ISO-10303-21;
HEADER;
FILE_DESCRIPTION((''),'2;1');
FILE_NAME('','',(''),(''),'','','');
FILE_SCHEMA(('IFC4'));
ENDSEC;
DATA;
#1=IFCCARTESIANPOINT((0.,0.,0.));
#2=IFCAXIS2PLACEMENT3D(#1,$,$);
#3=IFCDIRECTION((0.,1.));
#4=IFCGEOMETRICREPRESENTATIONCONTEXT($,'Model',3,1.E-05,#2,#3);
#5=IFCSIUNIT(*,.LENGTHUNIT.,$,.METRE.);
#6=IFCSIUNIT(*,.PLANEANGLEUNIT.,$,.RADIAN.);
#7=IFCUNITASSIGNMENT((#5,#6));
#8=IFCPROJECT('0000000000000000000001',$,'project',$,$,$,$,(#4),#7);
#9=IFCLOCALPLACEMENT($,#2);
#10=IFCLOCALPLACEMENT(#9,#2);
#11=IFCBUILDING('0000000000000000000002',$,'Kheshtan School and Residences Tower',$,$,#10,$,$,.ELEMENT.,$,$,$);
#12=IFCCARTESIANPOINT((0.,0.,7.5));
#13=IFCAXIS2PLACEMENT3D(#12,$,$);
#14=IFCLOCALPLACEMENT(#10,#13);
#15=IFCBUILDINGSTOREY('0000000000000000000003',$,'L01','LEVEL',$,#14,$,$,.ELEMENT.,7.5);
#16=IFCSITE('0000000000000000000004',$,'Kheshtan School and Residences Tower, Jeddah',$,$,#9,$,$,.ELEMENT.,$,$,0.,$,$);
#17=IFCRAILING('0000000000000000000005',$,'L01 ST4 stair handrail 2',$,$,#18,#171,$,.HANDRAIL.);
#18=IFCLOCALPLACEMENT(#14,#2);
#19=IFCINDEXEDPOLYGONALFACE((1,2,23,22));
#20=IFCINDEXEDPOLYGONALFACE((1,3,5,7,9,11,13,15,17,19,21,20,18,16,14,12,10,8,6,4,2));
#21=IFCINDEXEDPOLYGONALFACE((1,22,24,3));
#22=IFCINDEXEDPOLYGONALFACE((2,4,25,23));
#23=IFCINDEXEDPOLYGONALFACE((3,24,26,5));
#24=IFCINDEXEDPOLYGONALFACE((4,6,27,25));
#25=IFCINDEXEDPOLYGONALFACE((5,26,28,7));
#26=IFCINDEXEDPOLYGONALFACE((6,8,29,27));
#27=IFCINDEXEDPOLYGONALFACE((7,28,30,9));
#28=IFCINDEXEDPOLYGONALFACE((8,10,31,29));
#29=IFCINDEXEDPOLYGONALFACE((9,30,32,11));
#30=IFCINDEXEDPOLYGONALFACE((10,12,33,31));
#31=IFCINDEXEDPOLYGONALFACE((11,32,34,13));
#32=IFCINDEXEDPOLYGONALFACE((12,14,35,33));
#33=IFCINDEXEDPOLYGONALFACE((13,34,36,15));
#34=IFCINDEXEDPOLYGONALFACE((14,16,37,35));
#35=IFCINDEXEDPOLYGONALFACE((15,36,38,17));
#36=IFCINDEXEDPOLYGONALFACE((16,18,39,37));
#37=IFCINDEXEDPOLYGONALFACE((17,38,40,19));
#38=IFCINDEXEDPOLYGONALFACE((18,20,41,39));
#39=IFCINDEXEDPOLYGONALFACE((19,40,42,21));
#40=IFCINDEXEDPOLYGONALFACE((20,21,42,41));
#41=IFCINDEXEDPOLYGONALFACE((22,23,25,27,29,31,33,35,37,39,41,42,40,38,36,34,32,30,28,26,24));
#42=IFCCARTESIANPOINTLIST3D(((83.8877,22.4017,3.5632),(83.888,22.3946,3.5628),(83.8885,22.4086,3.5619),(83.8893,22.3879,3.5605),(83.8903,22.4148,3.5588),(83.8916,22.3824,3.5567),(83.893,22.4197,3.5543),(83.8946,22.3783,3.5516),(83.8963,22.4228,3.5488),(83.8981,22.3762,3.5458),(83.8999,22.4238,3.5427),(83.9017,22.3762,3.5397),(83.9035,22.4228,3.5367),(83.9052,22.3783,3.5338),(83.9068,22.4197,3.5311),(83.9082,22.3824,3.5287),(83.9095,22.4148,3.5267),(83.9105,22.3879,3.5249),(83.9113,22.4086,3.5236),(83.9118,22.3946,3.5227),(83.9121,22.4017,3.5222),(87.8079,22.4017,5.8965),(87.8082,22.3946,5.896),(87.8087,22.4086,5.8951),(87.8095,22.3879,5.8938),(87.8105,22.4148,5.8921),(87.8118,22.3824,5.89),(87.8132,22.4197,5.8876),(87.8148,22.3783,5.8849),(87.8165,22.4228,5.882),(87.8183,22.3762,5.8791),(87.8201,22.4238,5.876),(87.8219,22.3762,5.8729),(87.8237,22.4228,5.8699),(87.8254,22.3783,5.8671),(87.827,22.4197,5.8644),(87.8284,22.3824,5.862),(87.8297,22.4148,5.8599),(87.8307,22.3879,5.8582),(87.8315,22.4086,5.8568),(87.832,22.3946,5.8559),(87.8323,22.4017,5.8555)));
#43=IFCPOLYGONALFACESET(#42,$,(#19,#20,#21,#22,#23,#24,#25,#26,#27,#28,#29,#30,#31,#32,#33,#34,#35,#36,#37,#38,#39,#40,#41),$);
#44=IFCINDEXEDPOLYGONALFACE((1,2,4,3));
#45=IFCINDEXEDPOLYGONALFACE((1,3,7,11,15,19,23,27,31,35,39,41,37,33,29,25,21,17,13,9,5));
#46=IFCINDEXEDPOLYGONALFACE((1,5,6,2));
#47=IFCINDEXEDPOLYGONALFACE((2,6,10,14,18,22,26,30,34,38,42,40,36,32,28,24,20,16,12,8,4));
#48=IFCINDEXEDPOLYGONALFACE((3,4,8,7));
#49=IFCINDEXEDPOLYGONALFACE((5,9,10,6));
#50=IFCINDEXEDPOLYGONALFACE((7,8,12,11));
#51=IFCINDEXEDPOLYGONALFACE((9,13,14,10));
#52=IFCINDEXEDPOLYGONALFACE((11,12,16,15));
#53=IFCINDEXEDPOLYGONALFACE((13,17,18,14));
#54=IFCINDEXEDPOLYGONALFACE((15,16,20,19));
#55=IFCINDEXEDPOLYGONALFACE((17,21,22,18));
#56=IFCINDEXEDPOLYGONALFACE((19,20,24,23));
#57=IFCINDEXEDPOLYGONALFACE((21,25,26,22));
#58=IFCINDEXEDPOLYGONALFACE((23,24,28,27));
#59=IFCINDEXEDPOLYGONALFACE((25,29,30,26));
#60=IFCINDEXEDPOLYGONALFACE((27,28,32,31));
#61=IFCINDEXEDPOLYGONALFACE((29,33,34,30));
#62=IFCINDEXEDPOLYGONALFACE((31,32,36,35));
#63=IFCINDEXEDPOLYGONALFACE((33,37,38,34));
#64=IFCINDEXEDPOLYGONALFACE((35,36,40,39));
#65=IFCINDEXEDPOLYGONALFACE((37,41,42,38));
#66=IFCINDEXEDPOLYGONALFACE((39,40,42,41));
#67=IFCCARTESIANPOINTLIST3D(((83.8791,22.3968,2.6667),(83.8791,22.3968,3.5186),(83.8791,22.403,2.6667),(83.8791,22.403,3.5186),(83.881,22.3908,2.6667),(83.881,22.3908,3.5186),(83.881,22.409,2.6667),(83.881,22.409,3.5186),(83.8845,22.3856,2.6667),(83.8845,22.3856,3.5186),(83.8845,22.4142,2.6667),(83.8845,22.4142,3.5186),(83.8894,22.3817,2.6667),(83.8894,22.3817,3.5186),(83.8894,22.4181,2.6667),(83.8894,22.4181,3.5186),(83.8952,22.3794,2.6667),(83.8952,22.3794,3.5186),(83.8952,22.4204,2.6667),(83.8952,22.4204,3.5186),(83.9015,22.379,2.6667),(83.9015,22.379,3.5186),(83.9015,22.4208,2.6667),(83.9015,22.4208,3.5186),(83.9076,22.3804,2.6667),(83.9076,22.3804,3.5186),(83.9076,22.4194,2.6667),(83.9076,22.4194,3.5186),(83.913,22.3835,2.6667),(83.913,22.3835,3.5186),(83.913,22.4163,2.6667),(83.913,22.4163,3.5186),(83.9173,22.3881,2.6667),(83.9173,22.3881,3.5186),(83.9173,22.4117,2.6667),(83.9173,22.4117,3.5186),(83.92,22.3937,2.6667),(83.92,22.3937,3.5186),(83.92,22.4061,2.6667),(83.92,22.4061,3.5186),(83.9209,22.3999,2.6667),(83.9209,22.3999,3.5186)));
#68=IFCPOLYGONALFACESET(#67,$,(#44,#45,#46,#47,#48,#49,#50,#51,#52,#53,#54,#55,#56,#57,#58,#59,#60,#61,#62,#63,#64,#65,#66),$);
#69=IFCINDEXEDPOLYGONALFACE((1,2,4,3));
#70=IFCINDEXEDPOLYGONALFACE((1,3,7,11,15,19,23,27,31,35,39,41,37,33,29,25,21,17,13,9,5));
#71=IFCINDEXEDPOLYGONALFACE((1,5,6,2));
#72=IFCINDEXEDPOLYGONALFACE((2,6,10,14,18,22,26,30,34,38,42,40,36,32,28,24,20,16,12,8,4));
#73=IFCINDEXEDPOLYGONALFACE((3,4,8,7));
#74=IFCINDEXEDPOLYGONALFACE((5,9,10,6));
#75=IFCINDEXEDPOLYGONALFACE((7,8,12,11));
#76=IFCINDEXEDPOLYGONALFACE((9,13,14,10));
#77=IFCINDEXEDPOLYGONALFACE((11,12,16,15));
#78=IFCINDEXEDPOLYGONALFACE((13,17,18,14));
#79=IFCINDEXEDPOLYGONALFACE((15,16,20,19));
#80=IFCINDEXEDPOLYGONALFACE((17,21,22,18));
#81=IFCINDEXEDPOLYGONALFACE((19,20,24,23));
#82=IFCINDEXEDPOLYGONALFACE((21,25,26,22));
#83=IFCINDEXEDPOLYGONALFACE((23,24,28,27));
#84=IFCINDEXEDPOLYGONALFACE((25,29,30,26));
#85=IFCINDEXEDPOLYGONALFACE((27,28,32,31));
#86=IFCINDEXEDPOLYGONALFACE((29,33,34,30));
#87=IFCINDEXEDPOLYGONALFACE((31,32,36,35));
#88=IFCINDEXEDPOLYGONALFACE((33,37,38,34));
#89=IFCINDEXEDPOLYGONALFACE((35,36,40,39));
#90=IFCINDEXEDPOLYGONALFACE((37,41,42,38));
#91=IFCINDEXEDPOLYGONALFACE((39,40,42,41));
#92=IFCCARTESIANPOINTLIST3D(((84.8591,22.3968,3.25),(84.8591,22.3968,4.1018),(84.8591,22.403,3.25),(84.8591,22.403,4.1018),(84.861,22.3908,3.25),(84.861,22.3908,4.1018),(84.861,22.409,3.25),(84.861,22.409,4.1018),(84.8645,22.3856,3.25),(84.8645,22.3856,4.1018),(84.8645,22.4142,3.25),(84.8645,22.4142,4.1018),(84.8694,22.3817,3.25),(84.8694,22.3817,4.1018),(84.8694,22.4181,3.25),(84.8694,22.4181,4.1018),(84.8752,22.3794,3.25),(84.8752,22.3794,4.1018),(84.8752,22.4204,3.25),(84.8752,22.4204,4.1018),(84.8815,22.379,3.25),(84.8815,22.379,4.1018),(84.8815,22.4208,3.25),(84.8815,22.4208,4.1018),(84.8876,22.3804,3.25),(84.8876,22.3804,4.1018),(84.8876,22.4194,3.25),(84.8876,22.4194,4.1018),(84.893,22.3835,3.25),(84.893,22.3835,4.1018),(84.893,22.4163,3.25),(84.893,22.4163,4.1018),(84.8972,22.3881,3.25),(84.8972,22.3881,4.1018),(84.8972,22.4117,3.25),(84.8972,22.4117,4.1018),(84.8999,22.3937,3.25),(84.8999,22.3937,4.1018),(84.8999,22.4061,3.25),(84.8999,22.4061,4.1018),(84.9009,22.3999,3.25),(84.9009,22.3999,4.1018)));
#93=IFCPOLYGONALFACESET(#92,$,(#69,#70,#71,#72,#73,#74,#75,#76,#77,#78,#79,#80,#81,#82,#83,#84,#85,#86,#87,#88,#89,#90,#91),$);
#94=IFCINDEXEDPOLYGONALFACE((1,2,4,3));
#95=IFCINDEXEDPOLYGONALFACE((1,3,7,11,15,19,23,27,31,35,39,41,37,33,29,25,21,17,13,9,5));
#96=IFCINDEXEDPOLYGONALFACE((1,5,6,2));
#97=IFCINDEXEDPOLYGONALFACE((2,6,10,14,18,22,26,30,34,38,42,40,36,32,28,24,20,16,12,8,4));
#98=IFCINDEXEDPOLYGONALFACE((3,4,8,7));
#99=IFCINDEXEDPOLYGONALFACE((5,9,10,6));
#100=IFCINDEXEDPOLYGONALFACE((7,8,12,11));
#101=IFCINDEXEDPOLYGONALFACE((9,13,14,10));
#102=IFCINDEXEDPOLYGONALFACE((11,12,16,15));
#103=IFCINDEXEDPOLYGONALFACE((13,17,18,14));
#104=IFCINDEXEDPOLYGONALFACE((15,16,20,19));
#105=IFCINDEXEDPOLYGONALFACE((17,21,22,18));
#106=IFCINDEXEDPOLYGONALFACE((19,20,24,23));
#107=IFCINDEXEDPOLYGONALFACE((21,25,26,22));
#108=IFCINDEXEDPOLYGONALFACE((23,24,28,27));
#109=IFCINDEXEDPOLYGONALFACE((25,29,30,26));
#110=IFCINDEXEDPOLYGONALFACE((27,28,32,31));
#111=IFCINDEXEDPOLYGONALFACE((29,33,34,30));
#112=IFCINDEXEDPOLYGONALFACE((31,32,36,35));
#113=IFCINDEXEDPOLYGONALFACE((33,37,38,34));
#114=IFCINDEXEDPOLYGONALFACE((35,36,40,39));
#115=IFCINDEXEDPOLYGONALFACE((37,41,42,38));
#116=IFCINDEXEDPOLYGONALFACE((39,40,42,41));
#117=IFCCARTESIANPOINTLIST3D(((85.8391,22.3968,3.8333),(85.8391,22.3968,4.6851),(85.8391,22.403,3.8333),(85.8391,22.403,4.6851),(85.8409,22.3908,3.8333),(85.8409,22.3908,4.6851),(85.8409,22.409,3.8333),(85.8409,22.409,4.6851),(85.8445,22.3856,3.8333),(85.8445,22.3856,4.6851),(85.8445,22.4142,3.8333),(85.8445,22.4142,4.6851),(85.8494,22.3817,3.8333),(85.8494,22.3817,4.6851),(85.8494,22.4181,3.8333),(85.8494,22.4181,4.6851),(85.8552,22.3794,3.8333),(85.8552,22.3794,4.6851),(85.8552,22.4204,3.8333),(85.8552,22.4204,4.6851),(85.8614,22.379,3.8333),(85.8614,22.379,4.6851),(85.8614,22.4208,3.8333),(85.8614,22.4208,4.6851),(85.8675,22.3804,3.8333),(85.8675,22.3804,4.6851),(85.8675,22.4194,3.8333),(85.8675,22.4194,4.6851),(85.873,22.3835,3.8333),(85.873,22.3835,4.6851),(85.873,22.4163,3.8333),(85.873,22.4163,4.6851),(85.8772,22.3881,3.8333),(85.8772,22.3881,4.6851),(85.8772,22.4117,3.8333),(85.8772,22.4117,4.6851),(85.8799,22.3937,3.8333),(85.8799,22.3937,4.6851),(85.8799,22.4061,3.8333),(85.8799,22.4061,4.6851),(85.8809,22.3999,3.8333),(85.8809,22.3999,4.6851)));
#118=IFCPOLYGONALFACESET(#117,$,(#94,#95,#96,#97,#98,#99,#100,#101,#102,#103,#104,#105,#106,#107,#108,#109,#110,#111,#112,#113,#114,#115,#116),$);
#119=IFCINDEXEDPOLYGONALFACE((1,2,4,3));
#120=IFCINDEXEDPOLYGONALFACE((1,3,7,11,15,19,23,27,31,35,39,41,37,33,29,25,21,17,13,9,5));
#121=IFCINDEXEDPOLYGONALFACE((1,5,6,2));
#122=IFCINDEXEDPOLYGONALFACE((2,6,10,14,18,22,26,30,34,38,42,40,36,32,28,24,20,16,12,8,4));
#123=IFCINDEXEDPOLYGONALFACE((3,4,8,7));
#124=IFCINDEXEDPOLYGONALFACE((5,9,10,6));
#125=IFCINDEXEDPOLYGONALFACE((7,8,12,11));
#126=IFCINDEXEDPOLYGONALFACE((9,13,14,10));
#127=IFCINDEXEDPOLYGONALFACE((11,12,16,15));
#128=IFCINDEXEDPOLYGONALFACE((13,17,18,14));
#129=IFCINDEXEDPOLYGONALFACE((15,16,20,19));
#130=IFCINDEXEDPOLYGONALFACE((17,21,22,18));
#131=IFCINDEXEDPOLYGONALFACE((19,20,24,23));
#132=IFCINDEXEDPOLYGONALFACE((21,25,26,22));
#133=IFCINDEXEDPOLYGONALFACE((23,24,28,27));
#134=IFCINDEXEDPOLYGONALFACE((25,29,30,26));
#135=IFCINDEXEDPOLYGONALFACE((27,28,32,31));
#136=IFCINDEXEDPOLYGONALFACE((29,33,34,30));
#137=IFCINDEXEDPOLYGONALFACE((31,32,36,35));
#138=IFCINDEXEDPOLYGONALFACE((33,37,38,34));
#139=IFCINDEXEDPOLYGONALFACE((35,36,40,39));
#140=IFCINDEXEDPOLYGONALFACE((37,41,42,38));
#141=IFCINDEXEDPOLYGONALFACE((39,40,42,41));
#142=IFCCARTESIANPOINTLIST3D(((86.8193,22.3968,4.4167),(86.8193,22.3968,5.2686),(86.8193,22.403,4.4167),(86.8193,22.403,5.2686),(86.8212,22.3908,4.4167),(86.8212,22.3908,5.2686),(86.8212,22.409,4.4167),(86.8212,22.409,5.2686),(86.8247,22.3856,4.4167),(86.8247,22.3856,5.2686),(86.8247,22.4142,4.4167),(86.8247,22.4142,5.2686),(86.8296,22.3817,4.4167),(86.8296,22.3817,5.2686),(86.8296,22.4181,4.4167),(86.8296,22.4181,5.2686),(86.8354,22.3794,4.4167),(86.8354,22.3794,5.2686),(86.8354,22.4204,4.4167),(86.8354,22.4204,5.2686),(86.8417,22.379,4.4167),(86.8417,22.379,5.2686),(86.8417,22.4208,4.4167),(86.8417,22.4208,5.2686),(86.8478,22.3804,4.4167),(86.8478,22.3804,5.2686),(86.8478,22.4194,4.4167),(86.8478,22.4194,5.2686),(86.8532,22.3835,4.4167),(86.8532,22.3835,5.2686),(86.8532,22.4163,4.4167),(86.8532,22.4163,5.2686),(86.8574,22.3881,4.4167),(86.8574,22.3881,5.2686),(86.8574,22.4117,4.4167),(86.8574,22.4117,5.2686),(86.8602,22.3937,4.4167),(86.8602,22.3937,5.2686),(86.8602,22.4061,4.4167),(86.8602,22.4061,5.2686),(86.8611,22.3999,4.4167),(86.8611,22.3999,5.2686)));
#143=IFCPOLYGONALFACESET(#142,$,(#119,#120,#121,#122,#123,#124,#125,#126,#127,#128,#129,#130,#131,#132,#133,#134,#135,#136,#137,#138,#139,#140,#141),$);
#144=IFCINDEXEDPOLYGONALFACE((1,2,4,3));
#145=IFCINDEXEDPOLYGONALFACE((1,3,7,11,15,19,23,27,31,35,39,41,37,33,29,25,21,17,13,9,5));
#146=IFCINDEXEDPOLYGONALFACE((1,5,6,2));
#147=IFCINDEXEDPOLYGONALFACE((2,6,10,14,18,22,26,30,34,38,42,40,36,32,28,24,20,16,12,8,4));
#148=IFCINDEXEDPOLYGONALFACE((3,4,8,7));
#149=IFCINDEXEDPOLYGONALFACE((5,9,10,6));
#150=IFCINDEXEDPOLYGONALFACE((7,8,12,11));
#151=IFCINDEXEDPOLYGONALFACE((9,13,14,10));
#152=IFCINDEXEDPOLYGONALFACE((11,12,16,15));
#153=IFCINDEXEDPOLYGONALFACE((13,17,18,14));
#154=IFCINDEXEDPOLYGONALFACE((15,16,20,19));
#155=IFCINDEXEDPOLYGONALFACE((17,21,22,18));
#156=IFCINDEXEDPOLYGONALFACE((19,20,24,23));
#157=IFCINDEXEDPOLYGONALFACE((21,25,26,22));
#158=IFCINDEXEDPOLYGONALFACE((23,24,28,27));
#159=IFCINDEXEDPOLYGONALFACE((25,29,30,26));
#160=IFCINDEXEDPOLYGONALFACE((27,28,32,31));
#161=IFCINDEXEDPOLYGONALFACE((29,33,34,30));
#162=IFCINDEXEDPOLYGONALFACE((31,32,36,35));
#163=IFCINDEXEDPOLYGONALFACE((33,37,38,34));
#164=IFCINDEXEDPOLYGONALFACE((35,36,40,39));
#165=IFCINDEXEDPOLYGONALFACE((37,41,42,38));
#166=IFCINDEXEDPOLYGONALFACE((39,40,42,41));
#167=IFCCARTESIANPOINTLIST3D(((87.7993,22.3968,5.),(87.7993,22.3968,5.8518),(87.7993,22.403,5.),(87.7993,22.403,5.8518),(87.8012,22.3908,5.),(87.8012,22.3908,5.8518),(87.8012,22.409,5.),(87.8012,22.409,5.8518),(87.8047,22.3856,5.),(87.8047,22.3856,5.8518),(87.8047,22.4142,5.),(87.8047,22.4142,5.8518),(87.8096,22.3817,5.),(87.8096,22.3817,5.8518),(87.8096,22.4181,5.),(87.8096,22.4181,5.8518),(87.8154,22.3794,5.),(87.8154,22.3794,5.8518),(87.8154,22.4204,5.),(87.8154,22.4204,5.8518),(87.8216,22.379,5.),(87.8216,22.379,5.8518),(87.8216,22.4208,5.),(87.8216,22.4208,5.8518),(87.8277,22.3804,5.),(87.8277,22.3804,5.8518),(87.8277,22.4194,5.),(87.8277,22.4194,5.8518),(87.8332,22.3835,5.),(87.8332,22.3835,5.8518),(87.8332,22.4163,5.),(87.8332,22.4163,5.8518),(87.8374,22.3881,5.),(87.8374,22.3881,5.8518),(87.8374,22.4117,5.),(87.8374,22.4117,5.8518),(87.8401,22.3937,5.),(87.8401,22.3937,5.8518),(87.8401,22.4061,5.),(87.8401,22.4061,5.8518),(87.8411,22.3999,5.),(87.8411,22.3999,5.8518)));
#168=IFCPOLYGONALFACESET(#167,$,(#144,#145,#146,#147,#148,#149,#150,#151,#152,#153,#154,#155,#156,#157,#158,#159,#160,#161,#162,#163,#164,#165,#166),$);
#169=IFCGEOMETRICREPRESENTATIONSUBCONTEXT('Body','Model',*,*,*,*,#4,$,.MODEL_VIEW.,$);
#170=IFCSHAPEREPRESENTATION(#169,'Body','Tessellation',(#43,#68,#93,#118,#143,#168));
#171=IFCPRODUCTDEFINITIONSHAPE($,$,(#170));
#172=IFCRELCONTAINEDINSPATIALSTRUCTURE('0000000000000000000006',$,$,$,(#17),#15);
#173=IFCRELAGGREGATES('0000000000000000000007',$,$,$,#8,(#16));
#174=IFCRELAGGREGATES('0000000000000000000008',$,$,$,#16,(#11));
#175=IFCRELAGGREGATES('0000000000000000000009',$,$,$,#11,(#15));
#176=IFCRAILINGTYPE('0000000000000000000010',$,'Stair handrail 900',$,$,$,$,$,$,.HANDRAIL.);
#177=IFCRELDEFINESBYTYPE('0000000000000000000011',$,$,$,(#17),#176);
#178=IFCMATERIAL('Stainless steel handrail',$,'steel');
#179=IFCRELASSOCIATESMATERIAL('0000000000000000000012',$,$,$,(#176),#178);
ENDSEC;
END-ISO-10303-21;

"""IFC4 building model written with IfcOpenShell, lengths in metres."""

from ifc_helpers import new_model, si_unit, direction, frame, origin, origin_2d, place, context, subcontext, project, spatial, circle, extrude, material, type_object, element, save


model = new_model("IFC4")

# Units and contexts
model_context = context("Model", 3, precision=1e-05, world=origin(), true_north=direction((0.0, 1.0)))
body_context = subcontext(model_context, "Body", "Model", "MODEL_VIEW")
ifc_project = project(units=[si_unit("LENGTHUNIT", "METRE"), si_unit("PLANEANGLEUNIT", "RADIAN")], contexts=[model_context])

# Site, building, storey
site_placement = place(None, origin())
site = spatial("IfcSite", under=ifc_project, at=site_placement, Name="Kheshtan School and Residences Tower, Jeddah", CompositionType="ELEMENT", RefElevation=0.0)
building_placement = place(site_placement, origin())
building = spatial("IfcBuilding", under=site, at=building_placement, Name="Kheshtan School and Residences Tower", CompositionType="ELEMENT")
storey_placement = place(building_placement, frame((0.0, 0.0, 7.5)))
storey = spatial("IfcBuildingStorey", under=building, at=storey_placement, Name="L01", Description="LEVEL", CompositionType="ELEMENT", Elevation=7.5)

# Railing
ifc_material_1 = material(Name="Stainless steel handrail", Category="steel")
railing_type = type_object("IfcRailingType", Name="Stair handrail 900", PredefinedType="HANDRAIL", material=ifc_material_1)
railing_1_placement = place(storey_placement, frame((83.8999, 22.3999, 2.6667)))
element("IfcRailing", 1, at=railing_1_placement, inside=storey, type_object=railing_type, Name="L01 ST4 stair handrail 2", PredefinedType="HANDRAIL", context=body_context, shape_type="SweptSolid", body=[
    extrude(circle(Radius=0.0239, at=origin_2d()), frame((0.0, 0.0, 0.876), z_axis=(0.85931, 0.0, 0.511455), x_axis=(0.0, 1.0, 0.0)), (0.0, 0.0, 1.0), 4.562),
    extrude(circle(Radius=0.021, at=origin_2d()), origin(), (0.0, 0.0, 1.0), 0.8518),
    extrude(circle(Radius=0.021, at=origin_2d()), frame((0.98, 0.0, 0.5833)), (0.0, 0.0, 1.0), 0.8518),
    extrude(circle(Radius=0.021, at=origin_2d()), frame((1.96, 0.0, 1.1665)), (0.0, 0.0, 1.0), 0.8518),
    extrude(circle(Radius=0.021, at=origin_2d()), frame((2.9402, 0.0, 1.75)), (0.0, 0.0, 1.0), 0.8518),
    extrude(circle(Radius=0.021, at=origin_2d()), frame((3.9202, 0.0, 2.3333)), (0.0, 0.0, 1.0), 0.8518),
])

save(model, "model.ifc")
